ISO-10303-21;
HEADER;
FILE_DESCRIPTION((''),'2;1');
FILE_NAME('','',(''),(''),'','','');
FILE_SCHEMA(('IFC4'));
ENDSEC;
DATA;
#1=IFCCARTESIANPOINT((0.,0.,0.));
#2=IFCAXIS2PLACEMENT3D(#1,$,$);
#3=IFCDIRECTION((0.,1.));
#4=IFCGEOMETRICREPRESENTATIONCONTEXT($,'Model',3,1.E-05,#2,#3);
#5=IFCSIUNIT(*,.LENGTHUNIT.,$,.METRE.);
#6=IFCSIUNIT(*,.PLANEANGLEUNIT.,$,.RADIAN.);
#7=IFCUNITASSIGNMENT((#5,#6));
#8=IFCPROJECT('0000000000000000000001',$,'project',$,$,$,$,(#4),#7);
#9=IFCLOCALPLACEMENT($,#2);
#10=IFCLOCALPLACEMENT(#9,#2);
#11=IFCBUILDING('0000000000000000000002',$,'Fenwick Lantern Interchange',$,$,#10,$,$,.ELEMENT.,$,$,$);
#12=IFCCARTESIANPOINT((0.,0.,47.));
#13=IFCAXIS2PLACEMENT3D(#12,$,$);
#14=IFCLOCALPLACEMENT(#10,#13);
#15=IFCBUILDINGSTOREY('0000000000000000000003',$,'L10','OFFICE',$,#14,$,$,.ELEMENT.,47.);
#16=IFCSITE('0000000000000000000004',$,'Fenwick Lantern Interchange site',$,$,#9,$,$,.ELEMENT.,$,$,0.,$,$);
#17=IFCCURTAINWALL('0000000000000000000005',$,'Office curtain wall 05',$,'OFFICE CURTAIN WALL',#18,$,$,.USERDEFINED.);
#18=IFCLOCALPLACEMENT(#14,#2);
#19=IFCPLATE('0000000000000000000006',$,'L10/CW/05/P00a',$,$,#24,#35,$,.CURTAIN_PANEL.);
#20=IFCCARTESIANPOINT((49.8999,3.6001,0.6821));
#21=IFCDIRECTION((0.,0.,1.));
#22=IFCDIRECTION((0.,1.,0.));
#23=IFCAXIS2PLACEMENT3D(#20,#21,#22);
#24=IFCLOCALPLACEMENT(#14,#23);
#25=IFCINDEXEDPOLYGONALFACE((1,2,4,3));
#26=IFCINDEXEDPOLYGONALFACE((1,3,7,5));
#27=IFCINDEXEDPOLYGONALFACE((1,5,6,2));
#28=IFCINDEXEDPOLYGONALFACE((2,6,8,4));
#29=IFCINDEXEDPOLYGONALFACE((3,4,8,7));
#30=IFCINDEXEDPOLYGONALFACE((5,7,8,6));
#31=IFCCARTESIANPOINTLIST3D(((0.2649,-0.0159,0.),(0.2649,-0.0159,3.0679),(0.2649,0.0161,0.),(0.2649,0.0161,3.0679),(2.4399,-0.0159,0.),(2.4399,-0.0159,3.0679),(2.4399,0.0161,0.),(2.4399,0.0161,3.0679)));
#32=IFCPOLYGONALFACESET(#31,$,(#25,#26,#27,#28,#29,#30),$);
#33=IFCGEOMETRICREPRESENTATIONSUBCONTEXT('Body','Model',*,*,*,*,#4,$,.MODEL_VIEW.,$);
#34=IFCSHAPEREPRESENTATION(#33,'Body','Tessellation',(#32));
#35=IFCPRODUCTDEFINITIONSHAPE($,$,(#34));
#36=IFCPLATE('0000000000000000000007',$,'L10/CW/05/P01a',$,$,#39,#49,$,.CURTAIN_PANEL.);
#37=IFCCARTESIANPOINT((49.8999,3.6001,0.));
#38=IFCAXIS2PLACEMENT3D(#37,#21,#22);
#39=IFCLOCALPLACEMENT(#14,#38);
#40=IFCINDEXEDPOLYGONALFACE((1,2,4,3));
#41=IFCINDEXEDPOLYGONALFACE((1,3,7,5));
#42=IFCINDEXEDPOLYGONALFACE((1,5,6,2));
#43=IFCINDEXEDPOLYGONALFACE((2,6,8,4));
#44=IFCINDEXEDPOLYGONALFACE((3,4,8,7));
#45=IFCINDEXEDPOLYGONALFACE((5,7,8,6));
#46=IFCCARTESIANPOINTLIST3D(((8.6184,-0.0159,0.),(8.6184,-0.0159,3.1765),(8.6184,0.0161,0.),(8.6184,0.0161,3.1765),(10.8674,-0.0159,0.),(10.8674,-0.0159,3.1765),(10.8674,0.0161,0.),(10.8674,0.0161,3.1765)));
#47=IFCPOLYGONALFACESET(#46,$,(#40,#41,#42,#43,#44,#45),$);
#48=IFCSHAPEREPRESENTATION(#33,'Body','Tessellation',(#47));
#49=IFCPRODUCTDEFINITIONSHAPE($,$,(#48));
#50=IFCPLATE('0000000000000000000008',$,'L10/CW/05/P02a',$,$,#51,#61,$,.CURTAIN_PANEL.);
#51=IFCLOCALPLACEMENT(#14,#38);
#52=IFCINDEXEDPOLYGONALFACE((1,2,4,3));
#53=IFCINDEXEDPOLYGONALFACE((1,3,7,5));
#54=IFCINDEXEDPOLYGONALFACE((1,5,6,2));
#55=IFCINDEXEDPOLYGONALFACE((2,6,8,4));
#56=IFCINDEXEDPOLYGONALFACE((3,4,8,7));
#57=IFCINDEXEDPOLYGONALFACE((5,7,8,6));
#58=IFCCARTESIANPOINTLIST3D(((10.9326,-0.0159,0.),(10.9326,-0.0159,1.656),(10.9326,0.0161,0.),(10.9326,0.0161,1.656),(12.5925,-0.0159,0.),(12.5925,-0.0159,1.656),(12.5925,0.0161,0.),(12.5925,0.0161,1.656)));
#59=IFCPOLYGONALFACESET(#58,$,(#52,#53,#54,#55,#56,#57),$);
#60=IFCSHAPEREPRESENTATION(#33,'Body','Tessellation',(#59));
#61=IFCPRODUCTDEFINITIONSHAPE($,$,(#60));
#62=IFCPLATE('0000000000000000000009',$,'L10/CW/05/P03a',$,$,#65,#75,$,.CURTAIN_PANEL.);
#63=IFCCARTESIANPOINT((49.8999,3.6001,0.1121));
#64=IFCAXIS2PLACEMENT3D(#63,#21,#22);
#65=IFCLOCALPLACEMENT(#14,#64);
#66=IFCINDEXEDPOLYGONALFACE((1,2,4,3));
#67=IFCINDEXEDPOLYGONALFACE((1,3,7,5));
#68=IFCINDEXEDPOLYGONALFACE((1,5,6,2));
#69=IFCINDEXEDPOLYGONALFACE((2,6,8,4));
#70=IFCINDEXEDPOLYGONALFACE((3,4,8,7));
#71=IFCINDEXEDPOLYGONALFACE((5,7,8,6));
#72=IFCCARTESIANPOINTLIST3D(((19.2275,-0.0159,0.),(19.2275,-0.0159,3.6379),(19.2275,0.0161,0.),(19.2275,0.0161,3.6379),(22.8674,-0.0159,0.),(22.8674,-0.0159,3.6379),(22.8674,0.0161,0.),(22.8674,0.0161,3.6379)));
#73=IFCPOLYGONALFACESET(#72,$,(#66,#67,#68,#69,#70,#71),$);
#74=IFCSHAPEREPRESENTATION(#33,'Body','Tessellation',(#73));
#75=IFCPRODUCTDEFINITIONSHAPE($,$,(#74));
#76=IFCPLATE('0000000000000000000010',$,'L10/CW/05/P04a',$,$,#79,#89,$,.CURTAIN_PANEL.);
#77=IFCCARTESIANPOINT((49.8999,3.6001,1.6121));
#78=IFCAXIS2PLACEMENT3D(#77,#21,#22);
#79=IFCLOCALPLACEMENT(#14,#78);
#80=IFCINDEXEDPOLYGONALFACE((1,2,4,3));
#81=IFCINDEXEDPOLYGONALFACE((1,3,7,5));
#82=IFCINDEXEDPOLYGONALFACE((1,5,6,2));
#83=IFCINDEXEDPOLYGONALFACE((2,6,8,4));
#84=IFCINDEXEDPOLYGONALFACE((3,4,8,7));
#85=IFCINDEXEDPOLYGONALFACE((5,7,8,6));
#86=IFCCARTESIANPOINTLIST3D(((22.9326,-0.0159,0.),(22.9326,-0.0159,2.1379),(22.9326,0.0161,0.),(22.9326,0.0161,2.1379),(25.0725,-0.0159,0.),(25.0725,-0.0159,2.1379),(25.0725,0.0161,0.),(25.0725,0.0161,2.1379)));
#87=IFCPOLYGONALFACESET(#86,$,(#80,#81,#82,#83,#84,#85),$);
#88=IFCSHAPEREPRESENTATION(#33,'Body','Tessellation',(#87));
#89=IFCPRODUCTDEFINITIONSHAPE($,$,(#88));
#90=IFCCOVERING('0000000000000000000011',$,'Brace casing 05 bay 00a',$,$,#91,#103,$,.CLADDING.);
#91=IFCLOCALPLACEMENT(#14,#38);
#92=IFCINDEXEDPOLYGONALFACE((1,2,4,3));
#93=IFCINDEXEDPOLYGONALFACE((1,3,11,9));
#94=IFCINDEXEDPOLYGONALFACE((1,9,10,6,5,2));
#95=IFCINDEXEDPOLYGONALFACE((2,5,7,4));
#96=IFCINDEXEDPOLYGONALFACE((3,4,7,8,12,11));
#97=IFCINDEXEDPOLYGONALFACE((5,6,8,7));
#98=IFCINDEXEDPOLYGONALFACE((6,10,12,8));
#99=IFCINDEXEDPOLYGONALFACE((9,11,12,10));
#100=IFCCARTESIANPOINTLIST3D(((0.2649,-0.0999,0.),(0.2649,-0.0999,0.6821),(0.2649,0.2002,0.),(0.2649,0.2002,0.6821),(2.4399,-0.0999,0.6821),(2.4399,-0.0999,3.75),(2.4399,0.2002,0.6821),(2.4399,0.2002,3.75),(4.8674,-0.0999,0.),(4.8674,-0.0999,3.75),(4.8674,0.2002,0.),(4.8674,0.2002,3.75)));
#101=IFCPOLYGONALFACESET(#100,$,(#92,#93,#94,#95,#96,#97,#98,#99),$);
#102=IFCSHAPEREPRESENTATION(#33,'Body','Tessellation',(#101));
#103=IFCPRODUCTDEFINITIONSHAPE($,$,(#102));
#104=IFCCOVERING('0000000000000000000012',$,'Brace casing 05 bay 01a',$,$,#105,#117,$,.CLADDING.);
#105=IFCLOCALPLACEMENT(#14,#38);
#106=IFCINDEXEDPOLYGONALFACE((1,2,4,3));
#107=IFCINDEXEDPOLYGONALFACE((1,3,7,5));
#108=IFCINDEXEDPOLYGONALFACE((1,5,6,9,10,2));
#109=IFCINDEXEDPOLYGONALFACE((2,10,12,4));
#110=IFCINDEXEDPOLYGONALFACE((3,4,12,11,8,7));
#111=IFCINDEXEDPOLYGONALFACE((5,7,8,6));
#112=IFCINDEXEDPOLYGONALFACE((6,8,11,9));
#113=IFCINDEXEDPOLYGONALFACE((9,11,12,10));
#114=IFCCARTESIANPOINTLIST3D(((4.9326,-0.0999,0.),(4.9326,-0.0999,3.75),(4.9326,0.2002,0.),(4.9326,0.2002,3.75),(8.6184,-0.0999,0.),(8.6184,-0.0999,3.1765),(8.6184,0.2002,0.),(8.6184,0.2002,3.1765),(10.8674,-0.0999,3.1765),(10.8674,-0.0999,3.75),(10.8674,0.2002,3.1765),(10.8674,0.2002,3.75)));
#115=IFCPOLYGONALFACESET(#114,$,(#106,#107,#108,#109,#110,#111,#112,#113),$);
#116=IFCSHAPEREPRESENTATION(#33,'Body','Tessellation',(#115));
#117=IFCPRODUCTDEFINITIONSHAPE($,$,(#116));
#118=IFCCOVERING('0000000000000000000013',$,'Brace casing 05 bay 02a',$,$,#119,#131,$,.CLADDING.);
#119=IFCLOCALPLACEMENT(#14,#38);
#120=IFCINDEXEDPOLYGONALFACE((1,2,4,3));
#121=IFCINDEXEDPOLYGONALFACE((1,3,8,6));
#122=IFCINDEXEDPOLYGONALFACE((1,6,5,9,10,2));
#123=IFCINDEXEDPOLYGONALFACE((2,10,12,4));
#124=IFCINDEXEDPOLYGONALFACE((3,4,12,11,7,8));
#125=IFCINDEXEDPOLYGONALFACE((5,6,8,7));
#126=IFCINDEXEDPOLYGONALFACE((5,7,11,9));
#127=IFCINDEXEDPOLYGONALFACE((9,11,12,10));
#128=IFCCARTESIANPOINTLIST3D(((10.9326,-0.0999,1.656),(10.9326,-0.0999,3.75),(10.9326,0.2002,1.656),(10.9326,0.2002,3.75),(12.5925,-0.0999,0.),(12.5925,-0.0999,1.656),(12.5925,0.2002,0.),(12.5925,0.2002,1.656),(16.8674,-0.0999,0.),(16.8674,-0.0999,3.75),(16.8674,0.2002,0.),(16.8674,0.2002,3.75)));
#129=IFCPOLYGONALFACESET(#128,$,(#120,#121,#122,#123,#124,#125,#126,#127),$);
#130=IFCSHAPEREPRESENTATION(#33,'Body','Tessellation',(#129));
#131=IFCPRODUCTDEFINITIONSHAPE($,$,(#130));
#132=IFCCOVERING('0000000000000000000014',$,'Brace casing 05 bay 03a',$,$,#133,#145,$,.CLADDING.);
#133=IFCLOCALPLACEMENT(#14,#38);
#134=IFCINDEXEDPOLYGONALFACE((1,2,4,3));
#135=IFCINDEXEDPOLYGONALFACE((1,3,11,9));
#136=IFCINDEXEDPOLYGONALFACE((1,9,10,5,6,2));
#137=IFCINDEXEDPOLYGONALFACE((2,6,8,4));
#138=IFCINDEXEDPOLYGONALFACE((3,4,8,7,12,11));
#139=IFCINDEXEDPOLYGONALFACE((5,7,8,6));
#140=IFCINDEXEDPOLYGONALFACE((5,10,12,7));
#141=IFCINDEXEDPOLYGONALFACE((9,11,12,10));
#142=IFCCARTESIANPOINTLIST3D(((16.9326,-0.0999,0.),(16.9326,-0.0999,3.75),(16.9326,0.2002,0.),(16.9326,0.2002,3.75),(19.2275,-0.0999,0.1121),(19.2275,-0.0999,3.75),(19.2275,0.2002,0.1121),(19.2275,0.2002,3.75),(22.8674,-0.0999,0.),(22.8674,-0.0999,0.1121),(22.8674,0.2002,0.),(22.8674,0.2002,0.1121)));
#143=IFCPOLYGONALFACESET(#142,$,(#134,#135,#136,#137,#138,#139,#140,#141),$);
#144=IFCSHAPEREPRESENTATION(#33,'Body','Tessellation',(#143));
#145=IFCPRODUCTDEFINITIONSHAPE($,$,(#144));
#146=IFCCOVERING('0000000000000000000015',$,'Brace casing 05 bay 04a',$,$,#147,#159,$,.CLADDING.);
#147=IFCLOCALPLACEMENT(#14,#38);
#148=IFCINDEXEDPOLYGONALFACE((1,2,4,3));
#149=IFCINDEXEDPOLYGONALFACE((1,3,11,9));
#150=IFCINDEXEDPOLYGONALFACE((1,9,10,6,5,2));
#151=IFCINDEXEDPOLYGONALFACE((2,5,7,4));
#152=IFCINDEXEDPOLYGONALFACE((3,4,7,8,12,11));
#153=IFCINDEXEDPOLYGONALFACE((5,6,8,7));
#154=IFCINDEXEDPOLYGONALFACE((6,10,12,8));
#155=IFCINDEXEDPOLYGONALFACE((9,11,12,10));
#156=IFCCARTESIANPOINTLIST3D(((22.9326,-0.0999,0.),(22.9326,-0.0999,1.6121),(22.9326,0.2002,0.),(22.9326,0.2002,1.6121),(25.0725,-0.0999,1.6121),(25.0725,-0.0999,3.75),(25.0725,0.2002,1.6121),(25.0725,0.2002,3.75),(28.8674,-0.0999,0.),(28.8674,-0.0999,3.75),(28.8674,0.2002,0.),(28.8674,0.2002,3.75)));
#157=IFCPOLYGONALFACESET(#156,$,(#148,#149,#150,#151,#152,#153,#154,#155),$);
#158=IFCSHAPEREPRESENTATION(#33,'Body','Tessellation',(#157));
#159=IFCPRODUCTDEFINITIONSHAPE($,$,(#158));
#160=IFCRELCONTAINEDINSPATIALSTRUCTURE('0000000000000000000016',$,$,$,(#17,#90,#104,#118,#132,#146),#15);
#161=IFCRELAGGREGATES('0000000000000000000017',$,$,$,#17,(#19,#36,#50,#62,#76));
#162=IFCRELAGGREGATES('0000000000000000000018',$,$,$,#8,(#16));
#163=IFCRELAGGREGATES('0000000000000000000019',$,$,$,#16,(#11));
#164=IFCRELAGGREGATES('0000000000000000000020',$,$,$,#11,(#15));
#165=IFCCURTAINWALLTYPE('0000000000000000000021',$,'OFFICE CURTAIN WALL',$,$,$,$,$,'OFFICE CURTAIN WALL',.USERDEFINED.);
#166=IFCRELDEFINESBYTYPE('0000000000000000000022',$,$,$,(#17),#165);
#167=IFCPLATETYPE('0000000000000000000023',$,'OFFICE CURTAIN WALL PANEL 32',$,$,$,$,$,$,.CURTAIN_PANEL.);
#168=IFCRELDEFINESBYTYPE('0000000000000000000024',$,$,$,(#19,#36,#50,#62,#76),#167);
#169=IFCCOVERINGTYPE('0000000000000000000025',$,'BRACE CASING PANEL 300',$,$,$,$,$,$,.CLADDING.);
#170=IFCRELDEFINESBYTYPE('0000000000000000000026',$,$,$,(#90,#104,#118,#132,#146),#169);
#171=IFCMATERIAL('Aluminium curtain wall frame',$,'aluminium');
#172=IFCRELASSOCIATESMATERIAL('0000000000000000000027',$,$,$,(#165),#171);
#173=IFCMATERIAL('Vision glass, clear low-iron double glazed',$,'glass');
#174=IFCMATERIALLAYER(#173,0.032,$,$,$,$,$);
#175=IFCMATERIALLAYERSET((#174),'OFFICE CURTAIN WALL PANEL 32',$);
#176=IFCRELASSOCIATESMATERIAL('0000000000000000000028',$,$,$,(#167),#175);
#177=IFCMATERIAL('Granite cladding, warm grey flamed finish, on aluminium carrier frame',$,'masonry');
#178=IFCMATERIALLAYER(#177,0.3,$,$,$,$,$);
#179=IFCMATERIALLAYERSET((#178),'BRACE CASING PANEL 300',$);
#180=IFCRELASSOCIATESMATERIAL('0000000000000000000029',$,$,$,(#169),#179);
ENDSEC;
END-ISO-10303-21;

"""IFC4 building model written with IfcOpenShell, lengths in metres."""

from ifc_helpers import new_model, si_unit, direction, frame, origin, place, context, subcontext, project, spatial, polyline, outline, extrude, material, layer, layer_set, type_object, element, aggregate, save


model = new_model("IFC4")

# Units and contexts
model_context = context("Model", 3, precision=1e-05, world=origin(), true_north=direction((0.0, 1.0)))
body_context = subcontext(model_context, "Body", "Model", "MODEL_VIEW")
ifc_project = project(units=[si_unit("LENGTHUNIT", "METRE"), si_unit("PLANEANGLEUNIT", "RADIAN")], contexts=[model_context])

# Site, building, storey
site_placement = place(None, origin())
site = spatial("IfcSite", under=ifc_project, at=site_placement, Name="Fenwick Lantern Interchange site", CompositionType="ELEMENT", RefElevation=0.0)
building_placement = place(site_placement, origin())
building = spatial("IfcBuilding", under=site, at=building_placement, Name="Fenwick Lantern Interchange", CompositionType="ELEMENT")
storey_placement = place(building_placement, frame((0.0, 0.0, 47.0)))
storey = spatial("IfcBuildingStorey", under=building, at=storey_placement, Name="L10", Description="OFFICE", CompositionType="ELEMENT", Elevation=47.0)

# Shared definitions
ifc_material_1 = material(Name="Aluminium curtain wall frame", Category="aluminium")
curtain_wall_type = type_object("IfcCurtainWallType", Name="OFFICE CURTAIN WALL", ElementType="OFFICE CURTAIN WALL", PredefinedType="USERDEFINED", material=ifc_material_1)

# Shared definitions
ifc_material_2 = material(Name="Vision glass, clear low-iron double glazed", Category="glass")
ifc_layer_1 = layer(ifc_material_2, 0.032)
ifc_layer_set_1 = layer_set([ifc_layer_1], Name="OFFICE CURTAIN WALL PANEL 32")
plate_type = type_object("IfcPlateType", Name="OFFICE CURTAIN WALL PANEL 32", PredefinedType="CURTAIN_PANEL", material=ifc_layer_set_1)

# Curtain wall, plates
curtain_wall_1_placement = place(storey_placement, origin())
curtain_wall_1 = element("IfcCurtainWall", 1, at=curtain_wall_1_placement, inside=storey, type_object=curtain_wall_type, Name="Office curtain wall 05", ObjectType="OFFICE CURTAIN WALL", PredefinedType="USERDEFINED")
plate_1_placement = place(storey_placement, frame((49.8999, 3.6001, 0.6821), z_axis=(0.0, 0.0, 1.0), x_axis=(0.0, 1.0, 0.0)))
plate_1 = element("IfcPlate", 2, at=plate_1_placement, type_object=plate_type, Name="L10/CW/05/P00a", PredefinedType="CURTAIN_PANEL", context=body_context, shape_type="SweptSolid", body=[
    extrude(outline(polyline([(0.2649, 0.0), (2.4399, 0.0), (2.4399, 3.0679), (0.2649, 3.0679), (0.2649, 0.0)])), frame((0.0, 0.0161, 0.0), z_axis=(0.0, -1.0, 0.0), x_axis=(1.0, 0.0, 0.0)), (0.0, 0.0, 1.0), 0.032),
])
plate_2_placement = place(storey_placement, frame((49.8999, 3.6001, 0.0), z_axis=(0.0, 0.0, 1.0), x_axis=(0.0, 1.0, 0.0)))
plate_2 = element("IfcPlate", 3, at=plate_2_placement, type_object=plate_type, Name="L10/CW/05/P01a", PredefinedType="CURTAIN_PANEL", context=body_context, shape_type="SweptSolid", body=[
    extrude(outline(polyline([(8.6184, 0.0), (10.8674, 0.0), (10.8674, 3.1765), (8.6184, 3.1765), (8.6184, 0.0)])), frame((0.0, 0.0161, 0.0), z_axis=(0.0, -1.0, 0.0), x_axis=(1.0, 0.0, 0.0)), (0.0, 0.0, 1.0), 0.032),
])
plate_3_placement = place(storey_placement, frame((49.8999, 3.6001, 0.0), z_axis=(0.0, 0.0, 1.0), x_axis=(0.0, 1.0, 0.0)))
plate_3 = element("IfcPlate", 4, at=plate_3_placement, type_object=plate_type, Name="L10/CW/05/P02a", PredefinedType="CURTAIN_PANEL", context=body_context, shape_type="SweptSolid", body=[
    extrude(outline(polyline([(10.9326, 0.0), (12.5925, 0.0), (12.5925, 1.656), (10.9326, 1.656), (10.9326, 0.0)])), frame((0.0, 0.0161, 0.0), z_axis=(0.0, -1.0, 0.0), x_axis=(1.0, 0.0, 0.0)), (0.0, 0.0, 1.0), 0.032),
])
plate_4_placement = place(storey_placement, frame((49.8999, 3.6001, 0.1121), z_axis=(0.0, 0.0, 1.0), x_axis=(0.0, 1.0, 0.0)))
plate_4 = element("IfcPlate", 5, at=plate_4_placement, type_object=plate_type, Name="L10/CW/05/P03a", PredefinedType="CURTAIN_PANEL", context=body_context, shape_type="SweptSolid", body=[
    extrude(outline(polyline([(19.2275, 0.0), (22.8674, 0.0), (22.8674, 3.6379), (19.2275, 3.6379), (19.2275, 0.0)])), frame((0.0, 0.0161, 0.0), z_axis=(0.0, -1.0, 0.0), x_axis=(1.0, 0.0, 0.0)), (0.0, 0.0, 1.0), 0.032),
])
plate_5_placement = place(storey_placement, frame((49.8999, 3.6001, 1.6121), z_axis=(0.0, 0.0, 1.0), x_axis=(0.0, 1.0, 0.0)))
plate_5 = element("IfcPlate", 6, at=plate_5_placement, type_object=plate_type, Name="L10/CW/05/P04a", PredefinedType="CURTAIN_PANEL", context=body_context, shape_type="SweptSolid", body=[
    extrude(outline(polyline([(22.9326, 0.0), (25.0725, 0.0), (25.0725, 2.1379), (22.9326, 2.1379), (22.9326, 0.0)])), frame((0.0, 0.0161, 0.0), z_axis=(0.0, -1.0, 0.0), x_axis=(1.0, 0.0, 0.0)), (0.0, 0.0, 1.0), 0.032),
])
aggregate(curtain_wall_1, [plate_1, plate_2, plate_3, plate_4, plate_5])

# Coverings
ifc_material_3 = material(Name="Granite cladding, warm grey flamed finish, on aluminium carrier frame", Category="masonry")
ifc_layer_2 = layer(ifc_material_3, 0.3)
ifc_layer_set_2 = layer_set([ifc_layer_2], Name="BRACE CASING PANEL 300")
covering_type = type_object("IfcCoveringType", Name="BRACE CASING PANEL 300", PredefinedType="CLADDING", material=ifc_layer_set_2)
covering_1_placement = place(storey_placement, frame((49.8999, 3.6001, 0.0), z_axis=(0.0, 0.0, 1.0), x_axis=(0.0, 1.0, 0.0)))
element("IfcCovering", 7, at=covering_1_placement, inside=storey, type_object=covering_type, Name="Brace casing 05 bay 00a", PredefinedType="CLADDING", context=body_context, shape_type="SweptSolid", body=[
    extrude(outline(polyline([(0.2649, 0.0), (4.8674, 0.0), (4.8674, 3.75), (2.4399, 3.75), (2.4399, 0.6821), (0.2649, 0.6821), (0.2649, 0.0)])), frame((0.0, 0.2002, 0.0), z_axis=(0.0, -1.0, 0.0), x_axis=(1.0, 0.0, 0.0)), (0.0, 0.0, 1.0), 0.3),
])
covering_2_placement = place(storey_placement, frame((49.8999, 3.6001, 0.0), z_axis=(0.0, 0.0, 1.0), x_axis=(0.0, 1.0, 0.0)))
element("IfcCovering", 8, at=covering_2_placement, inside=storey, type_object=covering_type, Name="Brace casing 05 bay 01a", PredefinedType="CLADDING", context=body_context, shape_type="SweptSolid", body=[
    extrude(outline(polyline([(4.9326, 0.0), (8.6184, 0.0), (8.6184, 3.1765), (10.8674, 3.1765), (10.8674, 3.75), (4.9326, 3.75), (4.9326, 0.0)])), frame((0.0, 0.2002, 0.0), z_axis=(0.0, -1.0, 0.0), x_axis=(1.0, 0.0, 0.0)), (0.0, 0.0, 1.0), 0.3),
])
covering_3_placement = place(storey_placement, frame((49.8999, 3.6001, 0.0), z_axis=(0.0, 0.0, 1.0), x_axis=(0.0, 1.0, 0.0)))
element("IfcCovering", 9, at=covering_3_placement, inside=storey, type_object=covering_type, Name="Brace casing 05 bay 02a", PredefinedType="CLADDING", context=body_context, shape_type="SweptSolid", body=[
    extrude(outline(polyline([(12.5925, 0.0), (16.8674, 0.0), (16.8674, 3.75), (10.9326, 3.75), (10.9326, 1.656), (12.5925, 1.656), (12.5925, 0.0)])), frame((0.0, 0.2002, 0.0), z_axis=(0.0, -1.0, 0.0), x_axis=(1.0, 0.0, 0.0)), (0.0, 0.0, 1.0), 0.3),
])
covering_4_placement = place(storey_placement, frame((49.8999, 3.6001, 0.0), z_axis=(0.0, 0.0, 1.0), x_axis=(0.0, 1.0, 0.0)))
element("IfcCovering", 10, at=covering_4_placement, inside=storey, type_object=covering_type, Name="Brace casing 05 bay 03a", PredefinedType="CLADDING", context=body_context, shape_type="SweptSolid", body=[
    extrude(outline(polyline([(16.9326, 0.0), (22.8674, 0.0), (22.8674, 0.1121), (19.2275, 0.1121), (19.2275, 3.75), (16.9326, 3.75), (16.9326, 0.0)])), frame((0.0, 0.2002, 0.0), z_axis=(0.0, -1.0, 0.0), x_axis=(1.0, 0.0, 0.0)), (0.0, 0.0, 1.0), 0.3),
])
covering_5_placement = place(storey_placement, frame((49.8999, 3.6001, 0.0), z_axis=(0.0, 0.0, 1.0), x_axis=(0.0, 1.0, 0.0)))
element("IfcCovering", 11, at=covering_5_placement, inside=storey, type_object=covering_type, Name="Brace casing 05 bay 04a", PredefinedType="CLADDING", context=body_context, shape_type="SweptSolid", body=[
    extrude(outline(polyline([(22.9326, 0.0), (28.8674, 0.0), (28.8674, 3.75), (25.0725, 3.75), (25.0725, 1.6121), (22.9326, 1.6121), (22.9326, 0.0)])), frame((0.0, 0.2002, 0.0), z_axis=(0.0, -1.0, 0.0), x_axis=(1.0, 0.0, 0.0)), (0.0, 0.0, 1.0), 0.3),
])

save(model, "model.ifc")
